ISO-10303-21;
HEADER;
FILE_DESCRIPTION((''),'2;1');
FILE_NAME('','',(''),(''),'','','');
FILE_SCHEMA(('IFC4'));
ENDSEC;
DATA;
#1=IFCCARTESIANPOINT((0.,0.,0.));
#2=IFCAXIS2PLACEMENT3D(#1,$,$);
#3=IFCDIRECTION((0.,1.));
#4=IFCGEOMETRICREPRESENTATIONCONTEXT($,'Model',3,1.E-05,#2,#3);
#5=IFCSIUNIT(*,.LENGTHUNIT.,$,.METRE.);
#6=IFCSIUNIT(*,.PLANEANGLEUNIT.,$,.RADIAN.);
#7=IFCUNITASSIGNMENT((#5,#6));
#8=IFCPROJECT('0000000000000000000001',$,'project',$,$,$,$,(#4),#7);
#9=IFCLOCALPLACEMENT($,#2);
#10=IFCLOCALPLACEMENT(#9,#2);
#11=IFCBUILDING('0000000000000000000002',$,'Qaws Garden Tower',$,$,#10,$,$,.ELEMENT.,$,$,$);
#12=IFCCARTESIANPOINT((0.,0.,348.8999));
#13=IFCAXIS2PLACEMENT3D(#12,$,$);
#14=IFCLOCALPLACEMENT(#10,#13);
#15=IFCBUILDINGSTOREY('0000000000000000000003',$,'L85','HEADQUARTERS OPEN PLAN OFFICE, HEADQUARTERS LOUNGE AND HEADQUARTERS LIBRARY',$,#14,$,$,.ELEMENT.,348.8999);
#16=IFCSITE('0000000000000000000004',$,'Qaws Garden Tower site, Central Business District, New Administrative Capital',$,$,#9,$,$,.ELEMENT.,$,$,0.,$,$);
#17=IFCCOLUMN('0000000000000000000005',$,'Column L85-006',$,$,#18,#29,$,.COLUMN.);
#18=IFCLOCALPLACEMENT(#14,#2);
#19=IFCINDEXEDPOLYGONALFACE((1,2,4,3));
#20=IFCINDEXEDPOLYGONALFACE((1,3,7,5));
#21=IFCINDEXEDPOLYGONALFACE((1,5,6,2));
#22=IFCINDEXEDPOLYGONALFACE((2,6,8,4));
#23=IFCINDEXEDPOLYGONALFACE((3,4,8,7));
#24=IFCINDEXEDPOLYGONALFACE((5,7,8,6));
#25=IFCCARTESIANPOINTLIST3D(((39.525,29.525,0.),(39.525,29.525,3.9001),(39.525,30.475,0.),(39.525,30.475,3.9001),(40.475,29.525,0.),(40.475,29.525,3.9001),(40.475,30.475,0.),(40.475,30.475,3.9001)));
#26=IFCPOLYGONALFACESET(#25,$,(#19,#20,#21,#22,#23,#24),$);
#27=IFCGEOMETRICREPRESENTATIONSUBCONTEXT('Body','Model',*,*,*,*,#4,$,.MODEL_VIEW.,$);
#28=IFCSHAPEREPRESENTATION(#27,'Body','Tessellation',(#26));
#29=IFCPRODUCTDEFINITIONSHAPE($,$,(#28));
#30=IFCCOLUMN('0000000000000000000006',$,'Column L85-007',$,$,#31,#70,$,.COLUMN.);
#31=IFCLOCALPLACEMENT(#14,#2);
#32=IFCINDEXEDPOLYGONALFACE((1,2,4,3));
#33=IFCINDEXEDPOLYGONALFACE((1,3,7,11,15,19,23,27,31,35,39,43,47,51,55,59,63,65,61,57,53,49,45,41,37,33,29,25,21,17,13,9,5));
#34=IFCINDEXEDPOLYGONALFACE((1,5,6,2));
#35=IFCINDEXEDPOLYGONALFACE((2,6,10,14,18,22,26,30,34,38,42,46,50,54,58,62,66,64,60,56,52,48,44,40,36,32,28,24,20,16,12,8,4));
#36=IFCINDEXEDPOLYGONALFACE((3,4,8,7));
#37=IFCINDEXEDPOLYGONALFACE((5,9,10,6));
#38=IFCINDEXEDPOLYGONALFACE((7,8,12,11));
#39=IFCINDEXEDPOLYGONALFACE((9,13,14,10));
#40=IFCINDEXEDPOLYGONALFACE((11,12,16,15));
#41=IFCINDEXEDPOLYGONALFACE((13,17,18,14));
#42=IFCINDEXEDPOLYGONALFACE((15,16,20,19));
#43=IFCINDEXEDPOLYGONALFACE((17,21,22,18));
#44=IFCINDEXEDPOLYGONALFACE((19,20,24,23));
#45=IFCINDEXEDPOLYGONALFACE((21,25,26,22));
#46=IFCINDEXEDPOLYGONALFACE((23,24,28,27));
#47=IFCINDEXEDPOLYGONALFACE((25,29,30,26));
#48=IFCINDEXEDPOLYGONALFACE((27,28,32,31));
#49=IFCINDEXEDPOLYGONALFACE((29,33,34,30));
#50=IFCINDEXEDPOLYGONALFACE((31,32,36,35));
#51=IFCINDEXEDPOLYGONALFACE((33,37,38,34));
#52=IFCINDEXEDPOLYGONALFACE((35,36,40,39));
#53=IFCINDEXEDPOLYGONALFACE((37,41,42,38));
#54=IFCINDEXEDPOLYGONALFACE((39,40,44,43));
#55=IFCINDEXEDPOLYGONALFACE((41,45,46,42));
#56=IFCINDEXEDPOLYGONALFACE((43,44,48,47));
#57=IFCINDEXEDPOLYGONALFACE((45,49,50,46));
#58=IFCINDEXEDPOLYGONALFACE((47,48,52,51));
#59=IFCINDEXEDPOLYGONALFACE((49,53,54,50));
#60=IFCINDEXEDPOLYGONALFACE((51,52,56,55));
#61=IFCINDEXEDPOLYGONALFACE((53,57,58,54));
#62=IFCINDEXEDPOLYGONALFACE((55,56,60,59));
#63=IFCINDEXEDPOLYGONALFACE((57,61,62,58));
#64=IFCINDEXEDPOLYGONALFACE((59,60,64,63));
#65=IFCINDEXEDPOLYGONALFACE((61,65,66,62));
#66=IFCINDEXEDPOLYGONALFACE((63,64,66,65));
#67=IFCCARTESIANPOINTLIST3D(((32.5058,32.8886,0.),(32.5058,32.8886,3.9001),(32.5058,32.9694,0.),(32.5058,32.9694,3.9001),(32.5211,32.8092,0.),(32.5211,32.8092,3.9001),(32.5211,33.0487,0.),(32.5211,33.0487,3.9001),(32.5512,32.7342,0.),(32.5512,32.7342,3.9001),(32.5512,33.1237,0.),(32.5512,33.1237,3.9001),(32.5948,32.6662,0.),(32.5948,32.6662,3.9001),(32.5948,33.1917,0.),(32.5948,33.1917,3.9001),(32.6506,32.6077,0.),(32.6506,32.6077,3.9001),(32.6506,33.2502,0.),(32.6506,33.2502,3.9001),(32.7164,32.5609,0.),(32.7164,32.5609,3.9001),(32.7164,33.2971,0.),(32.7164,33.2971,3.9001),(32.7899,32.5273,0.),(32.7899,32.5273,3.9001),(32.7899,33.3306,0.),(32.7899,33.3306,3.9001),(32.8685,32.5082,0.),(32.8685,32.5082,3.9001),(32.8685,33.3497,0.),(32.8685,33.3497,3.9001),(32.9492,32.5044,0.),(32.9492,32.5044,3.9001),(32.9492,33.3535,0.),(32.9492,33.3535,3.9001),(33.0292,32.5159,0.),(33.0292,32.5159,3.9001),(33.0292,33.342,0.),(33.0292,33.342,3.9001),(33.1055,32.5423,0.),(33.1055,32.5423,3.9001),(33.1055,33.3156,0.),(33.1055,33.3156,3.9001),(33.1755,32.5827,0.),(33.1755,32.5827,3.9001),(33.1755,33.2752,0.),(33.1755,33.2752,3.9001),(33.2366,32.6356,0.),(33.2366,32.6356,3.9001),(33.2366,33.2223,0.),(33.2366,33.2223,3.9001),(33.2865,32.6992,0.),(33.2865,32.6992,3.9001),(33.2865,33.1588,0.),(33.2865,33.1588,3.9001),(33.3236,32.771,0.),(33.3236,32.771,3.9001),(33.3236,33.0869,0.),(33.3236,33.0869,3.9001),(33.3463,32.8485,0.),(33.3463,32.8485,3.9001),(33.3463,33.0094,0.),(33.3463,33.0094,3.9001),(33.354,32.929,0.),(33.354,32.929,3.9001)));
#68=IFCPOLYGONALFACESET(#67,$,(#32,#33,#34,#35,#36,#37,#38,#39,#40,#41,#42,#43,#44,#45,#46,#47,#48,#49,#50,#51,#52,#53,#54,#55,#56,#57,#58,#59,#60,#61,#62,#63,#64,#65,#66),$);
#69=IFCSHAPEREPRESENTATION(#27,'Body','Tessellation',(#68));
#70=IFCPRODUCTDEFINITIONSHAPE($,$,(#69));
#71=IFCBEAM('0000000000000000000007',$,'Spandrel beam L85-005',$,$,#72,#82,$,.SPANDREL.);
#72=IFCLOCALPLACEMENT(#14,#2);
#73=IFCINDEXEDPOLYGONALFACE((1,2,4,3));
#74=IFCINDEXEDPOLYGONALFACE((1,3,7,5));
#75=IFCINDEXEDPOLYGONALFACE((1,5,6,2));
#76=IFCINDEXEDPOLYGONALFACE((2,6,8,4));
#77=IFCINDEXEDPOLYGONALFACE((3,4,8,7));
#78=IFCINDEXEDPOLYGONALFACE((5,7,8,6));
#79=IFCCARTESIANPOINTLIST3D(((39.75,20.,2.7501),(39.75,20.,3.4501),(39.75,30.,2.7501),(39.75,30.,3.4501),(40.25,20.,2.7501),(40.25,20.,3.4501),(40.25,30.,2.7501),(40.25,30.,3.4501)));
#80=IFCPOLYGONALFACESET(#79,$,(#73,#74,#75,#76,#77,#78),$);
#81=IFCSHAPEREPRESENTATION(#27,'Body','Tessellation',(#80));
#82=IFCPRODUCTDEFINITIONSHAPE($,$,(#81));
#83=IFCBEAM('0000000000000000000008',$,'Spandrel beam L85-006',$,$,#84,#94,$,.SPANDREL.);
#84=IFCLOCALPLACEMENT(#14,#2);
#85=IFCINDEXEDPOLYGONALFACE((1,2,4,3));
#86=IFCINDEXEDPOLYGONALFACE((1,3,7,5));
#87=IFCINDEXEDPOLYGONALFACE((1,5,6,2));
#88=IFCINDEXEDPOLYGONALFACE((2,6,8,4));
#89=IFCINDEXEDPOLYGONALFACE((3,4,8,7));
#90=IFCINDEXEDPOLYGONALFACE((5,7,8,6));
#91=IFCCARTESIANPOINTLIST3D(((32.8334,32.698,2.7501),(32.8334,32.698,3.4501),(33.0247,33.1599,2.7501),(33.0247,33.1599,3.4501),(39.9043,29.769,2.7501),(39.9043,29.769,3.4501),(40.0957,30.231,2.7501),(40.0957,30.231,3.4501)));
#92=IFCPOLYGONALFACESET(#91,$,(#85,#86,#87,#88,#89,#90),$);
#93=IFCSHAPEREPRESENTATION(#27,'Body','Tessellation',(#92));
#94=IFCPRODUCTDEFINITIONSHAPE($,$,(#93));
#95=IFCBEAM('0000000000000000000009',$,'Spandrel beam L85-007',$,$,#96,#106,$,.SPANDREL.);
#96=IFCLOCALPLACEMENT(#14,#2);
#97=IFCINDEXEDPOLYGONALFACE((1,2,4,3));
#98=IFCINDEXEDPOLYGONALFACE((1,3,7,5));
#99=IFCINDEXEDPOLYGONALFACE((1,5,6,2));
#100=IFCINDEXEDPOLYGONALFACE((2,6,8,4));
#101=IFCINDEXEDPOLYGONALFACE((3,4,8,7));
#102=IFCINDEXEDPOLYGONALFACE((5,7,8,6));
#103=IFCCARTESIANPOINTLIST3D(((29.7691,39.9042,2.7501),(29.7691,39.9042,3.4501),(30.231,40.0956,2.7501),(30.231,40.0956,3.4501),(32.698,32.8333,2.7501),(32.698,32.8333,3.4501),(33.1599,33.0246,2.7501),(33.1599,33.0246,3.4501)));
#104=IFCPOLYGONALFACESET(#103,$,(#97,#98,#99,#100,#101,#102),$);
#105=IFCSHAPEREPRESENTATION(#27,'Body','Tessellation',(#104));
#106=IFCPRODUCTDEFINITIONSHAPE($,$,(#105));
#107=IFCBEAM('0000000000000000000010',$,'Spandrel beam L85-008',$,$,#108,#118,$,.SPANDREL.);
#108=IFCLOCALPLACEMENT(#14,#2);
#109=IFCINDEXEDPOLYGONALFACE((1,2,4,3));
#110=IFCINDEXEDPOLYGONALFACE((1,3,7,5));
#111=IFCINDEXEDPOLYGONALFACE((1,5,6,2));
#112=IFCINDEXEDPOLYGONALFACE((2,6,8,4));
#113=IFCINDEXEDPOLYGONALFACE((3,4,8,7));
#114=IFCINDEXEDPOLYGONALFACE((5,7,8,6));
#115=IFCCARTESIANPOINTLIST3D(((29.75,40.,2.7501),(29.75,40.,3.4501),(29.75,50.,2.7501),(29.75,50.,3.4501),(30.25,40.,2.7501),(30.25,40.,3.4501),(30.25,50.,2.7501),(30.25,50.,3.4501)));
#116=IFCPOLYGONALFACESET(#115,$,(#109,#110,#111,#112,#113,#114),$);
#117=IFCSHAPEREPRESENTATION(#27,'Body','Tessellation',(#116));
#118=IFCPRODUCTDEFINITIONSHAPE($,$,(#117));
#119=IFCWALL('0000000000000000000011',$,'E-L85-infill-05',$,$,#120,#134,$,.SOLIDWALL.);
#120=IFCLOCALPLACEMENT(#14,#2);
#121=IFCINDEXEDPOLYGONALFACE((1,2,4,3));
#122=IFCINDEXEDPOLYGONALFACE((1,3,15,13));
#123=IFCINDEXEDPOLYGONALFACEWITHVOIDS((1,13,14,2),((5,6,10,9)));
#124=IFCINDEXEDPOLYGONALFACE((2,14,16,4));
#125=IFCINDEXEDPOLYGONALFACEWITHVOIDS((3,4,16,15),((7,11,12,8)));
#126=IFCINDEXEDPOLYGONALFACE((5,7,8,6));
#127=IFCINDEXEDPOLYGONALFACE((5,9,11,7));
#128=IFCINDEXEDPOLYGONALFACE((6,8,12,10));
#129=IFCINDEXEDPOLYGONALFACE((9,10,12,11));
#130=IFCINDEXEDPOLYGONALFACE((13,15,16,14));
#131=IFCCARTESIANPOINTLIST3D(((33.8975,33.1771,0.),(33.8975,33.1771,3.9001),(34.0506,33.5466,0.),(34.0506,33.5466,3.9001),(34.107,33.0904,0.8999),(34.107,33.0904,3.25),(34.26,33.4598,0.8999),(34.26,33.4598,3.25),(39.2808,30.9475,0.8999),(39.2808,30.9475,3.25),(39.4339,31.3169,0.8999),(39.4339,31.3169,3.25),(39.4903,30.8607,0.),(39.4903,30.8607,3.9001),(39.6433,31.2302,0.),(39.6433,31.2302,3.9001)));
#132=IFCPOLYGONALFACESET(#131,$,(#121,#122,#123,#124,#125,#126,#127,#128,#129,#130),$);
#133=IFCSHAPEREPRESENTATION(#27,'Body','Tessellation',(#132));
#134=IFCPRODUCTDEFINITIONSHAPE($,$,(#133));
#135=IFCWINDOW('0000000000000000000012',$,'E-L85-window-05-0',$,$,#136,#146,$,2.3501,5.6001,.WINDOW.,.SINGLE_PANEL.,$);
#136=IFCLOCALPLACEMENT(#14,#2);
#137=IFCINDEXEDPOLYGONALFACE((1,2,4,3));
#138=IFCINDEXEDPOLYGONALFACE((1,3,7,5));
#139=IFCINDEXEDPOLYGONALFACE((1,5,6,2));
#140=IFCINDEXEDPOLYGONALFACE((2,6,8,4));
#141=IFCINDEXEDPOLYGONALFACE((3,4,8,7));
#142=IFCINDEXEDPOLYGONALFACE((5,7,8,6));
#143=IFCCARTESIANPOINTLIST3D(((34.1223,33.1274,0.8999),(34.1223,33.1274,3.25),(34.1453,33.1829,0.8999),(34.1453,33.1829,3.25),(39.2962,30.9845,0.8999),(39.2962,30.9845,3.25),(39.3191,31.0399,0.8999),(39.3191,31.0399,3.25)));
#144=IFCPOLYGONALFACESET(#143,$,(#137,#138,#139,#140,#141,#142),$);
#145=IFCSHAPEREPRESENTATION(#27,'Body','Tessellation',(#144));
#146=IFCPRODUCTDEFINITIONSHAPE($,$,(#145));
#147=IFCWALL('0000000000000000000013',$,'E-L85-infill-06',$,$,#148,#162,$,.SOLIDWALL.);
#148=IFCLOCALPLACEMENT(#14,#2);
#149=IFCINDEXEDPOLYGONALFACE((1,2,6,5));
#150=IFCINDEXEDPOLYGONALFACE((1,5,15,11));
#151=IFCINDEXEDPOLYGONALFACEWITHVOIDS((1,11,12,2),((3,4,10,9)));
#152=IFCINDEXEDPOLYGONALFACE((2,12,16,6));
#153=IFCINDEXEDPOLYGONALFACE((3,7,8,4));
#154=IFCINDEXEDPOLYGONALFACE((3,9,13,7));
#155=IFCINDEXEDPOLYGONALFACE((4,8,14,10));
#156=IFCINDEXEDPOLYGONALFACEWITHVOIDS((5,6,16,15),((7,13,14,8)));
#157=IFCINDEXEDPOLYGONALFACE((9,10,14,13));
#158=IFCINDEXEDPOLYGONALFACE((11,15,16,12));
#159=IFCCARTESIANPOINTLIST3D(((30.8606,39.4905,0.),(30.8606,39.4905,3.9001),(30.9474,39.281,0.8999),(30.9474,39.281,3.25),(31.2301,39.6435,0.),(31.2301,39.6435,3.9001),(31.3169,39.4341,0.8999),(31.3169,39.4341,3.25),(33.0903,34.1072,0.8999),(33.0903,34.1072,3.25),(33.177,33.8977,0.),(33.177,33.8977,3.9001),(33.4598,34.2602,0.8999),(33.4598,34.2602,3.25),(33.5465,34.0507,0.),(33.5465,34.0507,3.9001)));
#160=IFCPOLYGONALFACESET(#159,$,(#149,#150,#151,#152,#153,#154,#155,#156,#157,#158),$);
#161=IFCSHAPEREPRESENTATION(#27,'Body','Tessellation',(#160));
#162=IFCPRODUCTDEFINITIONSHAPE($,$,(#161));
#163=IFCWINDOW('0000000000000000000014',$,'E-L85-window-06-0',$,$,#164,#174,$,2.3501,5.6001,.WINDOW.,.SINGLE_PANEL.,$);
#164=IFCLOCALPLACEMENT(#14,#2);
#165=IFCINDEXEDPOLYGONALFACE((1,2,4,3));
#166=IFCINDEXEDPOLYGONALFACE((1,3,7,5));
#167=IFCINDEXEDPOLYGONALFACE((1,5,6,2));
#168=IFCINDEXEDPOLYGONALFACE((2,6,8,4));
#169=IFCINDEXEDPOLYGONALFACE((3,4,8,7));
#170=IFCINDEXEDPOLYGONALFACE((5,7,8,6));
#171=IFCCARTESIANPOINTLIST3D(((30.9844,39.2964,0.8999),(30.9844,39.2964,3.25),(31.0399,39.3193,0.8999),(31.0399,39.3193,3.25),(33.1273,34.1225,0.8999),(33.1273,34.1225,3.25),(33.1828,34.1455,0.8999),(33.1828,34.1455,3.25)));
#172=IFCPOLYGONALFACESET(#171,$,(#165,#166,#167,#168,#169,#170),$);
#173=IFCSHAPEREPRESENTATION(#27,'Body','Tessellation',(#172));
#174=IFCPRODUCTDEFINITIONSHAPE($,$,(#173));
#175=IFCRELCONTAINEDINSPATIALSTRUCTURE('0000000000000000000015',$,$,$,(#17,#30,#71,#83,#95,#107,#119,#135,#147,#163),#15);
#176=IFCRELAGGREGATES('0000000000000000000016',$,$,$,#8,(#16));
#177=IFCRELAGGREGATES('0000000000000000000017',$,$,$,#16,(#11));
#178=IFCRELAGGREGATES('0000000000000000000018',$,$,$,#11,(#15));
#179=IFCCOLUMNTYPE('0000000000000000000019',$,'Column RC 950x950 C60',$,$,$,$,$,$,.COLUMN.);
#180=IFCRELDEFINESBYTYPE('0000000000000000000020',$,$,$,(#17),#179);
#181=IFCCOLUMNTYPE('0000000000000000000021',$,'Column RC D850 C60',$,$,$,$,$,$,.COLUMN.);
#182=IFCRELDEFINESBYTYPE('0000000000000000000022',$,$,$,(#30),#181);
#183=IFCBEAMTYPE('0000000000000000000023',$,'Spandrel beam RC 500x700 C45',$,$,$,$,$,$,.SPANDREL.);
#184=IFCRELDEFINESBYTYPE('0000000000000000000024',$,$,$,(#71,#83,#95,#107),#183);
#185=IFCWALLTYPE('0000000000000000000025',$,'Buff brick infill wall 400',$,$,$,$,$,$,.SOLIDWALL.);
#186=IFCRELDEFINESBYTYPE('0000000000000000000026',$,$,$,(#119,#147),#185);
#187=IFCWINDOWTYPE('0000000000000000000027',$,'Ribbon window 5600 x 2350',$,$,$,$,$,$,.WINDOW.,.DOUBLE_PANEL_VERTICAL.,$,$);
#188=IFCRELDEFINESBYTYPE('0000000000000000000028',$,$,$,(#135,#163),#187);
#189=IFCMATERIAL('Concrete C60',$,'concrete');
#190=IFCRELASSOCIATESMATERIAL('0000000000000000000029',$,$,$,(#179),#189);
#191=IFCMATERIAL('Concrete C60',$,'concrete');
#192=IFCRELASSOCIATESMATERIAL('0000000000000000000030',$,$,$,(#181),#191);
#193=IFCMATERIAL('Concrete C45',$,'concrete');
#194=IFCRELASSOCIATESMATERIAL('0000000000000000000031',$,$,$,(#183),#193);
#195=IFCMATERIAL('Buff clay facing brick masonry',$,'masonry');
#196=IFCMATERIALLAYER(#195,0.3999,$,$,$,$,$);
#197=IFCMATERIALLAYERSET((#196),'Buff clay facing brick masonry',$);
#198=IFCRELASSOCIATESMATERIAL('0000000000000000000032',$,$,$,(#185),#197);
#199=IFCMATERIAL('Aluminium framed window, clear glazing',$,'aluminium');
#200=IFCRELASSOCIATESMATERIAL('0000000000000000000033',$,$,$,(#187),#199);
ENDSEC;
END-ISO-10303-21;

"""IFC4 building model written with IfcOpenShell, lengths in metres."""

from ifc_helpers import new_model, si_unit, direction, frame, frame_2d, origin, origin_2d, place, context, subcontext, project, spatial, rectangle, circle, extrude, material, layer, layer_set, material_profile, profile_set, type_object, element, fill, save


model = new_model("IFC4")

# Units and contexts
model_context = context("Model", 3, precision=1e-05, world=origin(), true_north=direction((0.0, 1.0)))
body_context = subcontext(model_context, "Body", "Model", "MODEL_VIEW")
ifc_project = project(units=[si_unit("LENGTHUNIT", "METRE"), si_unit("PLANEANGLEUNIT", "RADIAN")], contexts=[model_context])

# Site, building, storey
site_placement = place(None, origin())
site = spatial("IfcSite", under=ifc_project, at=site_placement, Name="Qaws Garden Tower site, Central Business District, New Administrative Capital", CompositionType="ELEMENT", RefElevation=0.0)
building_placement = place(site_placement, origin())
building = spatial("IfcBuilding", under=site, at=building_placement, Name="Qaws Garden Tower", CompositionType="ELEMENT")
storey_placement = place(building_placement, frame((0.0, 0.0, 348.8999)))
storey = spatial("IfcBuildingStorey", under=building, at=storey_placement, Name="L85", Description="HEADQUARTERS OPEN PLAN OFFICE, HEADQUARTERS LOUNGE AND HEADQUARTERS LIBRARY", CompositionType="ELEMENT", Elevation=348.8999)

# Columns
ifc_material_1 = material(Name="Concrete C60", Category="concrete")
ifc_material_profile_1 = material_profile(ifc_material_1, rectangle(XDim=0.95, YDim=0.95, at=origin_2d()), Name="RC 950x950")
ifc_profile_set_1 = profile_set([ifc_material_profile_1], Name="Concrete C60")
column_type_1 = type_object("IfcColumnType", Name="Column RC 950x950 C60", PredefinedType="COLUMN", material=ifc_profile_set_1)
column_1_placement = place(storey_placement, frame((40.0, 30.0, 0.0), z_axis=(0.0, 0.0, 1.0), x_axis=(1.0, 0.0, 0.0)))
element("IfcColumn", 1, at=column_1_placement, inside=storey, type_object=column_type_1, Name="Column L85-006", PredefinedType="COLUMN", context=body_context, shape_type="SweptSolid", body=[
    extrude(rectangle(XDim=0.95, YDim=0.95, at=origin_2d()), origin(), (0.0, 0.0, 1.0), 3.9001),
])
ifc_material_2 = material(Name="Concrete C60", Category="concrete")
ifc_material_profile_2 = material_profile(ifc_material_2, circle(Radius=0.425, at=origin_2d()), Name="RC D850")
ifc_profile_set_2 = profile_set([ifc_material_profile_2], Name="Concrete C60")
column_type_2 = type_object("IfcColumnType", Name="Column RC D850 C60", PredefinedType="COLUMN", material=ifc_profile_set_2)
column_2_placement = place(storey_placement, frame((32.929, 32.929, 0.0), z_axis=(0.0, 0.0, 1.0), x_axis=(1.0, 0.0, 0.0)))
element("IfcColumn", 2, at=column_2_placement, inside=storey, type_object=column_type_2, Name="Column L85-007", PredefinedType="COLUMN", context=body_context, shape_type="SweptSolid", body=[
    extrude(circle(Radius=0.425, at=origin_2d()), origin(), (0.0, 0.0, 1.0), 3.9001),
])

# Beams
ifc_material_3 = material(Name="Concrete C45", Category="concrete")
ifc_material_profile_3 = material_profile(ifc_material_3, rectangle(XDim=0.5, YDim=0.7, at=origin_2d()), Name="RC 500x700")
ifc_profile_set_3 = profile_set([ifc_material_profile_3], Name="Concrete C45")
beam_type = type_object("IfcBeamType", Name="Spandrel beam RC 500x700 C45", PredefinedType="SPANDREL", material=ifc_profile_set_3)
beam_1_placement = place(storey_placement, frame((40.0, 20.0, 3.1001), z_axis=(0.0, 1.0, 0.0), x_axis=(-1.0, 0.0, 0.0)))
element("IfcBeam", 3, at=beam_1_placement, inside=storey, type_object=beam_type, Name="Spandrel beam L85-005", PredefinedType="SPANDREL", context=body_context, shape_type="SweptSolid", body=[
    extrude(rectangle(XDim=0.5, YDim=0.7, at=origin_2d()), origin(), (0.0, 0.0, 1.0), 10.0),
])
for number, where, z_axis, x_axis, name in (
    (4, (40.0, 30.0, 3.1001), (-0.923878, 0.382687, 0.0), (-0.382687, -0.923878, 0.0), "Spandrel beam L85-006"),
    (5, (32.929, 32.929, 3.1001), (-0.382687, 0.923878, 0.0), (-0.923878, -0.382687, 0.0), "Spandrel beam L85-007"),
):
    element("IfcBeam", number, at=place(storey_placement, frame(where, z_axis=z_axis, x_axis=x_axis)), inside=storey, type_object=beam_type, Name=name, PredefinedType="SPANDREL", context=body_context, shape_type="SweptSolid", body=[
        extrude(rectangle(XDim=0.5, YDim=0.7, at=origin_2d()), origin(), (0.0, 0.0, 1.0), 7.6536),
    ])
beam_2_placement = place(storey_placement, frame((30.0, 40.0, 3.1001), z_axis=(0.0, 1.0, 0.0), x_axis=(-1.0, 0.0, 0.0)))
element("IfcBeam", 6, at=beam_2_placement, inside=storey, type_object=beam_type, Name="Spandrel beam L85-008", PredefinedType="SPANDREL", context=body_context, shape_type="SweptSolid", body=[
    extrude(rectangle(XDim=0.5, YDim=0.7, at=origin_2d()), origin(), (0.0, 0.0, 1.0), 10.0),
])

# Walls, openings, windows
ifc_material_4 = material(Name="Buff clay facing brick masonry", Category="masonry")
ifc_layer_1 = layer(ifc_material_4, 0.3999)
ifc_layer_set_1 = layer_set([ifc_layer_1], Name="Buff clay facing brick masonry")
wall_type_1 = type_object("IfcWallType", Name="Buff brick infill wall 400", PredefinedType="SOLIDWALL", material=ifc_layer_set_1)
wall_1_placement = place(storey_placement, frame((39.5669, 31.0454, 0.0), z_axis=(0.0, 0.0, 1.0), x_axis=(-0.923891, 0.382656, 0.0)))
wall_1 = element("IfcWall", 7, at=wall_1_placement, inside=storey, type_object=wall_type_1, Name="E-L85-infill-05", PredefinedType="SOLIDWALL", context=body_context, shape_type="SweptSolid", body=[
    extrude(rectangle(XDim=6.0535, YDim=0.3999, at=frame_2d((3.0269, 0.0))), origin(), (0.0, 0.0, 1.0), 3.9001),
])
opening_1_placement = place(wall_1_placement, frame((0.2268, 0.0, 0.8999)))
opening_1 = element("IfcOpeningElement", 8, at=opening_1_placement, cuts=wall_1, PredefinedType="OPENING", context=body_context, shape_type="SweptSolid", body=[
    extrude(rectangle(XDim=5.6001, YDim=2.3501, at=frame_2d((2.8, 1.175))), frame((0.0, 0.21, 0.0), z_axis=(0.0, -1.0, 0.0), x_axis=(1.0, 0.0, 0.0)), (0.0, 0.0, 1.0), 0.4199),
])
ifc_material_5 = material(Name="Aluminium framed window, clear glazing", Category="aluminium")
window_type_1 = type_object("IfcWindowType", Name="Ribbon window 5600 x 2350", PartitioningType="DOUBLE_PANEL_VERTICAL", PredefinedType="WINDOW", material=ifc_material_5)
window_1_placement = place(opening_1_placement, origin())
window_1 = element("IfcWindow", 9, at=window_1_placement, inside=storey, type_object=window_type_1, Name="E-L85-window-05-0", OverallHeight=2.3501, OverallWidth=5.6001, PartitioningType="SINGLE_PANEL", PredefinedType="WINDOW", context=body_context, shape_type="SweptSolid", body=[
    extrude(rectangle(XDim=5.6001, YDim=2.3501, at=frame_2d((2.8, 1.175))), frame((0.0, 0.1599, 0.0), z_axis=(0.0, -1.0, 0.0), x_axis=(1.0, 0.0, 0.0)), (0.0, 0.0, 1.0), 0.0601),
])
fill(opening_1, window_1)
wall_2_placement = place(storey_placement, frame((33.3618, 33.9741, 0.0), z_axis=(0.0, 0.0, 1.0), x_axis=(-0.382656, 0.923891, 0.0)))
wall_2 = element("IfcWall", 10, at=wall_2_placement, inside=storey, type_object=wall_type_1, Name="E-L85-infill-06", PredefinedType="SOLIDWALL", context=body_context, shape_type="SweptSolid", body=[
    extrude(rectangle(XDim=6.0535, YDim=0.3999, at=frame_2d((3.0269, 0.0))), origin(), (0.0, 0.0, 1.0), 3.9001),
])
opening_2_placement = place(wall_2_placement, frame((0.2268, 0.0, 0.8999)))
opening_2 = element("IfcOpeningElement", 11, at=opening_2_placement, cuts=wall_2, PredefinedType="OPENING", context=body_context, shape_type="SweptSolid", body=[
    extrude(rectangle(XDim=5.6001, YDim=2.3501, at=frame_2d((2.8, 1.175))), frame((0.0, 0.21, 0.0), z_axis=(0.0, -1.0, 0.0), x_axis=(1.0, 0.0, 0.0)), (0.0, 0.0, 1.0), 0.4199),
])
window_2_placement = place(opening_2_placement, origin())
window_2 = element("IfcWindow", 12, at=window_2_placement, inside=storey, type_object=window_type_1, Name="E-L85-window-06-0", OverallHeight=2.3501, OverallWidth=5.6001, PartitioningType="SINGLE_PANEL", PredefinedType="WINDOW", context=body_context, shape_type="SweptSolid", body=[
    extrude(rectangle(XDim=5.6001, YDim=2.3501, at=frame_2d((2.8, 1.175))), frame((0.0, 0.1599, 0.0), z_axis=(0.0, -1.0, 0.0), x_axis=(1.0, 0.0, 0.0)), (0.0, 0.0, 1.0), 0.0601),
])
fill(opening_2, window_2)

save(model, "model.ifc")
